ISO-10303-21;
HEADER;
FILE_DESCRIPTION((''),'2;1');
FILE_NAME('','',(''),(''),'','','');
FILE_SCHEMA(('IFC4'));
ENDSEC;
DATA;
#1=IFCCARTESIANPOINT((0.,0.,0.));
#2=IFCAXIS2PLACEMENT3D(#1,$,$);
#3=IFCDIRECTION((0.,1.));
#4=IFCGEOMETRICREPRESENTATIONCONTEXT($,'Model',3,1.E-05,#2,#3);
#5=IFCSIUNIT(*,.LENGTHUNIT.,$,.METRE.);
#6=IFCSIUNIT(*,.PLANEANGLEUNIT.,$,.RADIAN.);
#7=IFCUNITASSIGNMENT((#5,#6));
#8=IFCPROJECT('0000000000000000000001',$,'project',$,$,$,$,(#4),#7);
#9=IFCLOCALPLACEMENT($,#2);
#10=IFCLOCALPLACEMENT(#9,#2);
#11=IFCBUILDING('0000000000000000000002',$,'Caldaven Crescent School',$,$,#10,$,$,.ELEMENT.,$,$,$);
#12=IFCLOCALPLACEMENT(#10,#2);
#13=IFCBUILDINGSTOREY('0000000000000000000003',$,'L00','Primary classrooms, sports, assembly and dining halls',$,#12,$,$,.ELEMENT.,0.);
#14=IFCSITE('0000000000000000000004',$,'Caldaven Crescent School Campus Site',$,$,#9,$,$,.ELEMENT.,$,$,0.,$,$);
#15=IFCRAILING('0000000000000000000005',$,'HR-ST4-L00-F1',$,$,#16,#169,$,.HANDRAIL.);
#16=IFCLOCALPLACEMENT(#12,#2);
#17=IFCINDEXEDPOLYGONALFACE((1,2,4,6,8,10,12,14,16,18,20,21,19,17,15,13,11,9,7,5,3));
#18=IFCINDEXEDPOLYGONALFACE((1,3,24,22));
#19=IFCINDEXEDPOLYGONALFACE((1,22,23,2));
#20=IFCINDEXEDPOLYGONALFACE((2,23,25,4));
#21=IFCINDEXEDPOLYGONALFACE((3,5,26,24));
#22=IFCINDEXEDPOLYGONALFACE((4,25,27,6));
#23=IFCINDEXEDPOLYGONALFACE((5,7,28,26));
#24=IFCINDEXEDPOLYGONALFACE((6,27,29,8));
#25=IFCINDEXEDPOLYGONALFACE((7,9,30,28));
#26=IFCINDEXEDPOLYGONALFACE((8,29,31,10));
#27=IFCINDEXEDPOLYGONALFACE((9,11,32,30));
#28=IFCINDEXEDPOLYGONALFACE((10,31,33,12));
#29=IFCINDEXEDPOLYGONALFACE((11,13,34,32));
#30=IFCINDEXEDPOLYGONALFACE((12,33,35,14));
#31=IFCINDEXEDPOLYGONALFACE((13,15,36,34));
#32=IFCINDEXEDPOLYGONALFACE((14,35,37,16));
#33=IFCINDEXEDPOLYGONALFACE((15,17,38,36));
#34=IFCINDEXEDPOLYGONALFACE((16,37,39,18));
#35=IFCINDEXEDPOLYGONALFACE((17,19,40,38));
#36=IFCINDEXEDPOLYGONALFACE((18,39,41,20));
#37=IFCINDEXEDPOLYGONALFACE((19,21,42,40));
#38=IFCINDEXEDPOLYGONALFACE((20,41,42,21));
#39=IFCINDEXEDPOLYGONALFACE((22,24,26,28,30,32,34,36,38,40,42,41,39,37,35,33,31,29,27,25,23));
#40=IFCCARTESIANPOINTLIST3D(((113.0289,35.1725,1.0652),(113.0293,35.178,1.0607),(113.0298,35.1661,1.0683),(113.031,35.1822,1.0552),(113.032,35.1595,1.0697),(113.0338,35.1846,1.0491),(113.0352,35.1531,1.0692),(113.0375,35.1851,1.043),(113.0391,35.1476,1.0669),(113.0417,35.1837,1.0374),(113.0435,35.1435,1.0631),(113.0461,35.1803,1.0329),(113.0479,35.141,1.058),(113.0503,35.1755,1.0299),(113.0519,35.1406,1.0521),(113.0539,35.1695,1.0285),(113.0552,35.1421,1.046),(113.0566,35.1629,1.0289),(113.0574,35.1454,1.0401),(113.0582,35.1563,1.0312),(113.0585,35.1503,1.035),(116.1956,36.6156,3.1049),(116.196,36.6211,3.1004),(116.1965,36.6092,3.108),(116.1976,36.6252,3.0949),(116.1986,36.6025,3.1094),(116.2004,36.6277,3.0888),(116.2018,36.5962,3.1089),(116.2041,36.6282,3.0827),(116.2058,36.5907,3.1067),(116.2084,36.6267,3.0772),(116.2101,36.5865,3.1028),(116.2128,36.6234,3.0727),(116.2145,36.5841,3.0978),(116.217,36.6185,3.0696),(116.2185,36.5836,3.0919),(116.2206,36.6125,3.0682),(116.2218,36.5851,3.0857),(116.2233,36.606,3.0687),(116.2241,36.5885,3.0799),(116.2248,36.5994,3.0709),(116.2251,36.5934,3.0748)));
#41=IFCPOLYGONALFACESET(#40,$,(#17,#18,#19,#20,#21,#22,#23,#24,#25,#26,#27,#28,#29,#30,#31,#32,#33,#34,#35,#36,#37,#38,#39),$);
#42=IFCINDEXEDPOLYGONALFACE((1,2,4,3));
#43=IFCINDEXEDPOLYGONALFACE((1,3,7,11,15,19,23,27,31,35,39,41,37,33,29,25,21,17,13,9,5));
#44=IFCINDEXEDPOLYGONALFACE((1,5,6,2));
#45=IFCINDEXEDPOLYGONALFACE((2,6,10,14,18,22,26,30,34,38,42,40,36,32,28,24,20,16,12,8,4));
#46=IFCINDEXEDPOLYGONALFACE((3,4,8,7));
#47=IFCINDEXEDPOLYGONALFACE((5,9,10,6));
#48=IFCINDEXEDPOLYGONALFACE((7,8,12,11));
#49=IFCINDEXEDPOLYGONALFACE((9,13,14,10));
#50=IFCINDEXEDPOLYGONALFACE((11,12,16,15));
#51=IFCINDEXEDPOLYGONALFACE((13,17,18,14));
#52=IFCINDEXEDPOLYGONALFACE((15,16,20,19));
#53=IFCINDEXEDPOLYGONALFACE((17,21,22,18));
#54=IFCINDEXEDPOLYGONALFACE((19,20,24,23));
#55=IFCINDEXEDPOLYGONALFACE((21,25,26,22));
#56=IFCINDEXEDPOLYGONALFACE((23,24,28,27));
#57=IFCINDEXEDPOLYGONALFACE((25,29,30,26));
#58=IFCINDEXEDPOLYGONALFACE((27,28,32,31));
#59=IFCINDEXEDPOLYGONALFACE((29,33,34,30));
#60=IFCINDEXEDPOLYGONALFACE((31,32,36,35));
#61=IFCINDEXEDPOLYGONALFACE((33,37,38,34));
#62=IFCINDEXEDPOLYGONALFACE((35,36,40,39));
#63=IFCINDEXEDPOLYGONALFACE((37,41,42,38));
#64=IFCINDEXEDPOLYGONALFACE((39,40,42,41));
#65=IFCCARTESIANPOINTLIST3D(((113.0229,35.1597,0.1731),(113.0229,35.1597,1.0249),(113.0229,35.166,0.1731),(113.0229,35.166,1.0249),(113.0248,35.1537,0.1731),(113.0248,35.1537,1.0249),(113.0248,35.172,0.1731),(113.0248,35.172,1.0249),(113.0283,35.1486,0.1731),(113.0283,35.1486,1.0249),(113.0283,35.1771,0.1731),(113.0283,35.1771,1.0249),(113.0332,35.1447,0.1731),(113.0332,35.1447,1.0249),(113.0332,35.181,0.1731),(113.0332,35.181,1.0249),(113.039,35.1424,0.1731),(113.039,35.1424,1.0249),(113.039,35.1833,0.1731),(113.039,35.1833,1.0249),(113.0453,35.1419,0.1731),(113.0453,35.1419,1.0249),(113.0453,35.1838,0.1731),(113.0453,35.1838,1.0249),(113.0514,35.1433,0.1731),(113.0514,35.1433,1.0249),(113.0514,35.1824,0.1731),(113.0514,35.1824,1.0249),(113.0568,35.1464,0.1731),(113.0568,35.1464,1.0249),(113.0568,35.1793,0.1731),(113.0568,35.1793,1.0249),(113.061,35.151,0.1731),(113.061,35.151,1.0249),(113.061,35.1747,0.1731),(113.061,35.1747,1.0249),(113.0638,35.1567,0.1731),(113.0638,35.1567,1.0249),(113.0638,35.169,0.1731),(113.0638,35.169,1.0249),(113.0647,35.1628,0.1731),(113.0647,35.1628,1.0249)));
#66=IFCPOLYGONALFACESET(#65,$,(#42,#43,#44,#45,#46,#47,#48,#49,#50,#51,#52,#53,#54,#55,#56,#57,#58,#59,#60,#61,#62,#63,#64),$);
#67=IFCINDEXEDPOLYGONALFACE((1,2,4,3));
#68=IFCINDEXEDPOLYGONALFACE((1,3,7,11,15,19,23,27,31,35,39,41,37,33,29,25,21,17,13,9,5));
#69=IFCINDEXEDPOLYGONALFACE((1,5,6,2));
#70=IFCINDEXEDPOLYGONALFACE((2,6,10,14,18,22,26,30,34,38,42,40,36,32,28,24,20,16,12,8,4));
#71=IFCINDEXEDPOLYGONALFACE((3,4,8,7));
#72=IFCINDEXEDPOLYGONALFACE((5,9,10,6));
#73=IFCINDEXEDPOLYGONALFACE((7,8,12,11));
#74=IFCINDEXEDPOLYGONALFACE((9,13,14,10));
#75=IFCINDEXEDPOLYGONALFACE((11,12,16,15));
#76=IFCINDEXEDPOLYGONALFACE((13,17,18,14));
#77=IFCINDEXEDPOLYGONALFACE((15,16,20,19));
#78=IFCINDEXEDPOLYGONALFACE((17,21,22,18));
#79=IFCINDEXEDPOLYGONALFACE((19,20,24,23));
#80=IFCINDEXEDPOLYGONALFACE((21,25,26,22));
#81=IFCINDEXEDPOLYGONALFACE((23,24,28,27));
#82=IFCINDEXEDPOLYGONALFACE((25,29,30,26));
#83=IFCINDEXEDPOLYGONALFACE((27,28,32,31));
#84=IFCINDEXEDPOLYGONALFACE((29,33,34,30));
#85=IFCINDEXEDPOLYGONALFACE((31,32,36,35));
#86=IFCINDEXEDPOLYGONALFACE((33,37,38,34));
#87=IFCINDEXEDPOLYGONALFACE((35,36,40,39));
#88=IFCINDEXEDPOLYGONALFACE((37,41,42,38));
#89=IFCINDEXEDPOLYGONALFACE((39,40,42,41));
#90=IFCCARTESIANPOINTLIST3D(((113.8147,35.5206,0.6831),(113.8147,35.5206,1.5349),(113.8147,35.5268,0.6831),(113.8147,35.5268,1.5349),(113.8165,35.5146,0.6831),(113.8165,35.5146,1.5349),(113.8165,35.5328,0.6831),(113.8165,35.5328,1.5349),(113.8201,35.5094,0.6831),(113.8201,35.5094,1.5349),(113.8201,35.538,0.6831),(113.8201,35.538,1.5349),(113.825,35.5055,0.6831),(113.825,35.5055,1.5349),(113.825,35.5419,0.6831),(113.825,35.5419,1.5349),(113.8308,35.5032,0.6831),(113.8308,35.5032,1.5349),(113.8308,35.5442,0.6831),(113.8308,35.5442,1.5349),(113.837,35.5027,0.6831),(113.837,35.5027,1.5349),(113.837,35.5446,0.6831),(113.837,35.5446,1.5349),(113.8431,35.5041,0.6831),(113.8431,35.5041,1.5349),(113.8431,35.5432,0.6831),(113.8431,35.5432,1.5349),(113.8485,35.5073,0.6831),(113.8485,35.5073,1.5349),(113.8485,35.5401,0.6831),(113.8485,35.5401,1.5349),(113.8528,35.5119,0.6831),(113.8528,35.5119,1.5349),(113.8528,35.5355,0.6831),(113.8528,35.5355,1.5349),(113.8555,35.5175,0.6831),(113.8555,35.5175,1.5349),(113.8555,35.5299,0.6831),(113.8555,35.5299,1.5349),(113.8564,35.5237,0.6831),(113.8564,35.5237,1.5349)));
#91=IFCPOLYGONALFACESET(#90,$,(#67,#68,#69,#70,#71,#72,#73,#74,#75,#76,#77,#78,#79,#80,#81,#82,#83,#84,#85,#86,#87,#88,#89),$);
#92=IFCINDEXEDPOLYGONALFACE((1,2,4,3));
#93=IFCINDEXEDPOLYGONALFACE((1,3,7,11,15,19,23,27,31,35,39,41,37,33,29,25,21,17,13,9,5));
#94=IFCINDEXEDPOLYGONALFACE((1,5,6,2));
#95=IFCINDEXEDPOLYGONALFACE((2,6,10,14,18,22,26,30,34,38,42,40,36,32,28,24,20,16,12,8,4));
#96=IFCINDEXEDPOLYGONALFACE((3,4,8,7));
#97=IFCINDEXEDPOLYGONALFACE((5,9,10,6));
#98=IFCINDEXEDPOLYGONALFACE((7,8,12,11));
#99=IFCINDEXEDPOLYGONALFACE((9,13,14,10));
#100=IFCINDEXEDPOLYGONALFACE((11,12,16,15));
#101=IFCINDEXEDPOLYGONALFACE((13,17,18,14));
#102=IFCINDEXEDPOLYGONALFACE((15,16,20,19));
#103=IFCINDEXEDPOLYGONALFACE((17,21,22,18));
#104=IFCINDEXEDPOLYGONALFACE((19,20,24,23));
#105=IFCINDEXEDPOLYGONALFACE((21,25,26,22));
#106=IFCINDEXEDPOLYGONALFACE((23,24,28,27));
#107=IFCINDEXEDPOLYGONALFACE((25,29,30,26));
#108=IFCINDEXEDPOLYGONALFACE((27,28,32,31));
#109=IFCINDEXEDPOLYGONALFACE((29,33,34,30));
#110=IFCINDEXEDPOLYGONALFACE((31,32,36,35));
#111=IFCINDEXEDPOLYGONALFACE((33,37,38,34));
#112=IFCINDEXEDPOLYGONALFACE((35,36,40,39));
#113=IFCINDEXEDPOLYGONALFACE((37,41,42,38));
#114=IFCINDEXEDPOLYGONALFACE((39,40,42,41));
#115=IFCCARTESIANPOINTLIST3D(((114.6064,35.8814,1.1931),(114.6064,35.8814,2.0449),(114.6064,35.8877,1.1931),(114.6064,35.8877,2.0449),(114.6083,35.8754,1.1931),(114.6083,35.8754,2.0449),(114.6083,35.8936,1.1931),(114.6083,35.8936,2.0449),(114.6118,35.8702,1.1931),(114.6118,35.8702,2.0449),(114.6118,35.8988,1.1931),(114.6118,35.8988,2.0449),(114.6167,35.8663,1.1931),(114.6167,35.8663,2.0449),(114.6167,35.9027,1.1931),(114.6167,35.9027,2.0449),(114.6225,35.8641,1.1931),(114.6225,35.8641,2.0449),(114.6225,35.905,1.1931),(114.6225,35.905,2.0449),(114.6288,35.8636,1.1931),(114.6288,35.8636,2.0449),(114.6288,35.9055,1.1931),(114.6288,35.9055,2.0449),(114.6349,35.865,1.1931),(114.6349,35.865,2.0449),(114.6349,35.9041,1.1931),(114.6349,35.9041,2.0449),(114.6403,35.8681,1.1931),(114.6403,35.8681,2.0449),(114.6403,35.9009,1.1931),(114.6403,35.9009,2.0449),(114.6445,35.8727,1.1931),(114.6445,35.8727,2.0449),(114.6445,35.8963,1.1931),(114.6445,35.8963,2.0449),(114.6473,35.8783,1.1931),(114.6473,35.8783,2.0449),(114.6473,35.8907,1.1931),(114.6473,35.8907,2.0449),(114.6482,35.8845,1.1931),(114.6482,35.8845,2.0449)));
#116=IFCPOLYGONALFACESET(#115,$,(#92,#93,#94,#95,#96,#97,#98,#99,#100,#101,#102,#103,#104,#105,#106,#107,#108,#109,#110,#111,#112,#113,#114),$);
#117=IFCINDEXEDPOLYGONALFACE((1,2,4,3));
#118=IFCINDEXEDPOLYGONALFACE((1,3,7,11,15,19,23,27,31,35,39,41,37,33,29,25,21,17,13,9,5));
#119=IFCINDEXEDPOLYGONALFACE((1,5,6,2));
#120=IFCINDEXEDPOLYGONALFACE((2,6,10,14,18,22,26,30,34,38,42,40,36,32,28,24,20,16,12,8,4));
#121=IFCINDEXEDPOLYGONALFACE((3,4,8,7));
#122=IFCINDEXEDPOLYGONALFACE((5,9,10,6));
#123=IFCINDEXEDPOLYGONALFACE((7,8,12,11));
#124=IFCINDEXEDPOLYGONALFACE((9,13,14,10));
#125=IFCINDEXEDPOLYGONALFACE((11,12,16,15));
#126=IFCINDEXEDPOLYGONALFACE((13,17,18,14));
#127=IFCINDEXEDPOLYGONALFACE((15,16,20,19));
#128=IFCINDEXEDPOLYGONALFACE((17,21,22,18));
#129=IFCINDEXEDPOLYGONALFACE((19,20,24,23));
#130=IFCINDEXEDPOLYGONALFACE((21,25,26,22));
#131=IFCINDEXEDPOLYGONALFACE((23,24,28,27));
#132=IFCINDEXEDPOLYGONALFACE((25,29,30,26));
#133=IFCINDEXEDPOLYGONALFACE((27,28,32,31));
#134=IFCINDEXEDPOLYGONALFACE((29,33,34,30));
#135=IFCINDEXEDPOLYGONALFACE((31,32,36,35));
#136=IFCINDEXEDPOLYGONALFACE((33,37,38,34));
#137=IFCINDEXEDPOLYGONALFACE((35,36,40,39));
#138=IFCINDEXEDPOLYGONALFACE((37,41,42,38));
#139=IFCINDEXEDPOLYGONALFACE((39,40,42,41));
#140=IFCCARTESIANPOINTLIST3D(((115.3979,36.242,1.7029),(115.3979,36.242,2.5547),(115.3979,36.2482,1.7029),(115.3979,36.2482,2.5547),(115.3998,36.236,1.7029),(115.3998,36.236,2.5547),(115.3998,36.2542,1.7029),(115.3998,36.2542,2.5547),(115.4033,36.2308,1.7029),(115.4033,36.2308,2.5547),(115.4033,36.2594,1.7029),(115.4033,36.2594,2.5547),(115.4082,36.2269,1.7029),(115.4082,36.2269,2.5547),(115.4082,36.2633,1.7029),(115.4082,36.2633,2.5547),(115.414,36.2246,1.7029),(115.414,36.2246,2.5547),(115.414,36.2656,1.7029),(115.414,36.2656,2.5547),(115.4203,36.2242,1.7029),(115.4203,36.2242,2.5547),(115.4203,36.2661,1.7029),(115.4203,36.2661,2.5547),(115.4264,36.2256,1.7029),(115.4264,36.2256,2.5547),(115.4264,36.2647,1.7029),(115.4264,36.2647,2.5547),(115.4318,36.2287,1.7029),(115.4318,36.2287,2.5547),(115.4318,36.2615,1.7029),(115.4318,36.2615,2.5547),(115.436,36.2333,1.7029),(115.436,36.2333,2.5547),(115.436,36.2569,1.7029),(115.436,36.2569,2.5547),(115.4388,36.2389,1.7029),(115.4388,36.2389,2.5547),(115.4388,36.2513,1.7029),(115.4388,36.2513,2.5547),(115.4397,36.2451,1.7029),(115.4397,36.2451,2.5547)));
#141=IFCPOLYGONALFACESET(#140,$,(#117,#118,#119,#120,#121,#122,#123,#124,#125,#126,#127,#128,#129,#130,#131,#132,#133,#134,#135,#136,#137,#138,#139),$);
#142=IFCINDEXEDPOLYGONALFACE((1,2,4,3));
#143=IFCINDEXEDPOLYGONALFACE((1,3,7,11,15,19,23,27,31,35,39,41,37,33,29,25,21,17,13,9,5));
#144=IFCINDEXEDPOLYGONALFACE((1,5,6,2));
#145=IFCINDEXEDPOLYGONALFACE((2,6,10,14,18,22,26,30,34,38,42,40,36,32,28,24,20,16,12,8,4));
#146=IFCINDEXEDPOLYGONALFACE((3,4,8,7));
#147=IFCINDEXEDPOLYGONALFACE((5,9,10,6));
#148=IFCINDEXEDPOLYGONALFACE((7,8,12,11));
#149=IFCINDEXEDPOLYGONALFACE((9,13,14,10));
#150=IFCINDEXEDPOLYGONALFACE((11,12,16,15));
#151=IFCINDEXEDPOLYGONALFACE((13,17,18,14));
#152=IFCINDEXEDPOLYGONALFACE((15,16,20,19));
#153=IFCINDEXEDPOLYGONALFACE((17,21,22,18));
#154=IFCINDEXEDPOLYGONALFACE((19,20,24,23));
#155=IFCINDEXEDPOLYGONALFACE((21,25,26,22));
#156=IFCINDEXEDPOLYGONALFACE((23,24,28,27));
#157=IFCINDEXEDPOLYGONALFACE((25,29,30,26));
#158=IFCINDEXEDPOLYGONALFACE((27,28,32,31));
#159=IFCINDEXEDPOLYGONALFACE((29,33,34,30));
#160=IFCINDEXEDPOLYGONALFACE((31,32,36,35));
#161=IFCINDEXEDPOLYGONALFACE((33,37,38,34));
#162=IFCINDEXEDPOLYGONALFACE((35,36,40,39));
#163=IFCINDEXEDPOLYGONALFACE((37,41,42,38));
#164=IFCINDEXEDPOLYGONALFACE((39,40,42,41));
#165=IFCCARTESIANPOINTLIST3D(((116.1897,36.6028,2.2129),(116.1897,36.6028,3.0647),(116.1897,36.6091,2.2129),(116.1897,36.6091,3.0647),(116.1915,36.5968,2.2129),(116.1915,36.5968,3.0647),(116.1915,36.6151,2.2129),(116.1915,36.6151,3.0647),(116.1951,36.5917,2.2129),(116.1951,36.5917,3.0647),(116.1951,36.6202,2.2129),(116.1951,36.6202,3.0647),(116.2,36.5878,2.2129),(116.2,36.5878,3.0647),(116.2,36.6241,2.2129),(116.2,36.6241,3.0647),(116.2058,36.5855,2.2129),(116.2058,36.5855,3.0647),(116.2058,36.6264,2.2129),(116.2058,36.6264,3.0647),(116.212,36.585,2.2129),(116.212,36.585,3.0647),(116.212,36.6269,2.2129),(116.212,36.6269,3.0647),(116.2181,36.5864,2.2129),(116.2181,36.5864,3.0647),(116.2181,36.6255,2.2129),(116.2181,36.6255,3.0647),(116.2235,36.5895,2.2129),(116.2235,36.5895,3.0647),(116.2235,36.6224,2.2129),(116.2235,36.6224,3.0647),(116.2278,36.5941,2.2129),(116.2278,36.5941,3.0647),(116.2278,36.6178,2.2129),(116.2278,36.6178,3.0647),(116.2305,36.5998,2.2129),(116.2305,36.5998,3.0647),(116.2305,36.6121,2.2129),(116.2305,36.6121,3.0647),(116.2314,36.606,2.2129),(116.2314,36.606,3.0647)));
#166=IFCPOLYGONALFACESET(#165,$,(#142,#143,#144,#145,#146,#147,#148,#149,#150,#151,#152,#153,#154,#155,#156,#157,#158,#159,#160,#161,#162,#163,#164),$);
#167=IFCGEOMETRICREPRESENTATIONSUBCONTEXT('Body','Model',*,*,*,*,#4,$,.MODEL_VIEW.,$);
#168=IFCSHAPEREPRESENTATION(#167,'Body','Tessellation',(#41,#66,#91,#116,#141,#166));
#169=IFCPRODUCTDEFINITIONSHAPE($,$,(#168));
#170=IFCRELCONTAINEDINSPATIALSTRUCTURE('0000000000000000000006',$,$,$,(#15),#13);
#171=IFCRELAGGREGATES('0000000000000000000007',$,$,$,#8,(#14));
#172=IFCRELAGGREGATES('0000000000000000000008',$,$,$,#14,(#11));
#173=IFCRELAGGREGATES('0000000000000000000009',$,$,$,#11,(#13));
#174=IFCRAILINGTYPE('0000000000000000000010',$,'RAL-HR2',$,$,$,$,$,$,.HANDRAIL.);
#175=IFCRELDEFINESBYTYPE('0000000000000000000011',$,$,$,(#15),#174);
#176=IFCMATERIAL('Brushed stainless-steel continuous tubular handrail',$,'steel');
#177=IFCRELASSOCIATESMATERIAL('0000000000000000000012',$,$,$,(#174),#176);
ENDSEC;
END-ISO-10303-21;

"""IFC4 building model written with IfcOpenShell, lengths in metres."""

from ifc_helpers import new_model, si_unit, direction, frame, origin, origin_2d, place, context, subcontext, project, spatial, circle, extrude, material, type_object, element, save


model = new_model("IFC4")

# Units and contexts
model_context = context("Model", 3, precision=1e-05, world=origin(), true_north=direction((0.0, 1.0)))
body_context = subcontext(model_context, "Body", "Model", "MODEL_VIEW")
ifc_project = project(units=[si_unit("LENGTHUNIT", "METRE"), si_unit("PLANEANGLEUNIT", "RADIAN")], contexts=[model_context])

# Site, building, storey
site_placement = place(None, origin())
site = spatial("IfcSite", under=ifc_project, at=site_placement, Name="Caldaven Crescent School Campus Site", CompositionType="ELEMENT", RefElevation=0.0)
building_placement = place(site_placement, origin())
building = spatial("IfcBuilding", under=site, at=building_placement, Name="Caldaven Crescent School", CompositionType="ELEMENT")
storey_placement = place(building_placement, origin())
storey = spatial("IfcBuildingStorey", under=building, at=storey_placement, Name="L00", Description="Primary classrooms, sports, assembly and dining halls", CompositionType="ELEMENT", Elevation=0.0)

# Railing
ifc_material_1 = material(Name="Brushed stainless-steel continuous tubular handrail", Category="steel")
railing_type_1 = type_object("IfcRailingType", Name="RAL-HR2", PredefinedType="HANDRAIL", material=ifc_material_1)
railing_1_placement = place(storey_placement, frame((113.0437, 35.1628, 0.1731)))
element("IfcRailing", 1, at=railing_1_placement, inside=storey, type_object=railing_type_1, Name="HR-ST4-L00-F1", PredefinedType="HANDRAIL", context=body_context, shape_type="SweptSolid", body=[
    extrude(circle(Radius=0.0239, at=origin_2d()), frame((0.0, 0.0, 0.876), z_axis=(0.785051, 0.357755, 0.505674), x_axis=(-0.41468, 0.909967, 0.0)), (0.0, 0.0, 1.0), 4.0337),
    extrude(circle(Radius=0.021, at=origin_2d()), origin(), (0.0, 0.0, 1.0), 0.8518),
    extrude(circle(Radius=0.021, at=origin_2d()), frame((0.7917, 0.3608, 0.51)), (0.0, 0.0, 1.0), 0.8518),
    extrude(circle(Radius=0.021, at=origin_2d()), frame((1.5835, 0.7217, 1.02)), (0.0, 0.0, 1.0), 0.8518),
    extrude(circle(Radius=0.021, at=origin_2d()), frame((2.375, 1.0823, 1.5298)), (0.0, 0.0, 1.0), 0.8518),
    extrude(circle(Radius=0.021, at=origin_2d()), frame((3.1667, 1.4431, 2.0398)), (0.0, 0.0, 1.0), 0.8518),
])

save(model, "model.ifc")
